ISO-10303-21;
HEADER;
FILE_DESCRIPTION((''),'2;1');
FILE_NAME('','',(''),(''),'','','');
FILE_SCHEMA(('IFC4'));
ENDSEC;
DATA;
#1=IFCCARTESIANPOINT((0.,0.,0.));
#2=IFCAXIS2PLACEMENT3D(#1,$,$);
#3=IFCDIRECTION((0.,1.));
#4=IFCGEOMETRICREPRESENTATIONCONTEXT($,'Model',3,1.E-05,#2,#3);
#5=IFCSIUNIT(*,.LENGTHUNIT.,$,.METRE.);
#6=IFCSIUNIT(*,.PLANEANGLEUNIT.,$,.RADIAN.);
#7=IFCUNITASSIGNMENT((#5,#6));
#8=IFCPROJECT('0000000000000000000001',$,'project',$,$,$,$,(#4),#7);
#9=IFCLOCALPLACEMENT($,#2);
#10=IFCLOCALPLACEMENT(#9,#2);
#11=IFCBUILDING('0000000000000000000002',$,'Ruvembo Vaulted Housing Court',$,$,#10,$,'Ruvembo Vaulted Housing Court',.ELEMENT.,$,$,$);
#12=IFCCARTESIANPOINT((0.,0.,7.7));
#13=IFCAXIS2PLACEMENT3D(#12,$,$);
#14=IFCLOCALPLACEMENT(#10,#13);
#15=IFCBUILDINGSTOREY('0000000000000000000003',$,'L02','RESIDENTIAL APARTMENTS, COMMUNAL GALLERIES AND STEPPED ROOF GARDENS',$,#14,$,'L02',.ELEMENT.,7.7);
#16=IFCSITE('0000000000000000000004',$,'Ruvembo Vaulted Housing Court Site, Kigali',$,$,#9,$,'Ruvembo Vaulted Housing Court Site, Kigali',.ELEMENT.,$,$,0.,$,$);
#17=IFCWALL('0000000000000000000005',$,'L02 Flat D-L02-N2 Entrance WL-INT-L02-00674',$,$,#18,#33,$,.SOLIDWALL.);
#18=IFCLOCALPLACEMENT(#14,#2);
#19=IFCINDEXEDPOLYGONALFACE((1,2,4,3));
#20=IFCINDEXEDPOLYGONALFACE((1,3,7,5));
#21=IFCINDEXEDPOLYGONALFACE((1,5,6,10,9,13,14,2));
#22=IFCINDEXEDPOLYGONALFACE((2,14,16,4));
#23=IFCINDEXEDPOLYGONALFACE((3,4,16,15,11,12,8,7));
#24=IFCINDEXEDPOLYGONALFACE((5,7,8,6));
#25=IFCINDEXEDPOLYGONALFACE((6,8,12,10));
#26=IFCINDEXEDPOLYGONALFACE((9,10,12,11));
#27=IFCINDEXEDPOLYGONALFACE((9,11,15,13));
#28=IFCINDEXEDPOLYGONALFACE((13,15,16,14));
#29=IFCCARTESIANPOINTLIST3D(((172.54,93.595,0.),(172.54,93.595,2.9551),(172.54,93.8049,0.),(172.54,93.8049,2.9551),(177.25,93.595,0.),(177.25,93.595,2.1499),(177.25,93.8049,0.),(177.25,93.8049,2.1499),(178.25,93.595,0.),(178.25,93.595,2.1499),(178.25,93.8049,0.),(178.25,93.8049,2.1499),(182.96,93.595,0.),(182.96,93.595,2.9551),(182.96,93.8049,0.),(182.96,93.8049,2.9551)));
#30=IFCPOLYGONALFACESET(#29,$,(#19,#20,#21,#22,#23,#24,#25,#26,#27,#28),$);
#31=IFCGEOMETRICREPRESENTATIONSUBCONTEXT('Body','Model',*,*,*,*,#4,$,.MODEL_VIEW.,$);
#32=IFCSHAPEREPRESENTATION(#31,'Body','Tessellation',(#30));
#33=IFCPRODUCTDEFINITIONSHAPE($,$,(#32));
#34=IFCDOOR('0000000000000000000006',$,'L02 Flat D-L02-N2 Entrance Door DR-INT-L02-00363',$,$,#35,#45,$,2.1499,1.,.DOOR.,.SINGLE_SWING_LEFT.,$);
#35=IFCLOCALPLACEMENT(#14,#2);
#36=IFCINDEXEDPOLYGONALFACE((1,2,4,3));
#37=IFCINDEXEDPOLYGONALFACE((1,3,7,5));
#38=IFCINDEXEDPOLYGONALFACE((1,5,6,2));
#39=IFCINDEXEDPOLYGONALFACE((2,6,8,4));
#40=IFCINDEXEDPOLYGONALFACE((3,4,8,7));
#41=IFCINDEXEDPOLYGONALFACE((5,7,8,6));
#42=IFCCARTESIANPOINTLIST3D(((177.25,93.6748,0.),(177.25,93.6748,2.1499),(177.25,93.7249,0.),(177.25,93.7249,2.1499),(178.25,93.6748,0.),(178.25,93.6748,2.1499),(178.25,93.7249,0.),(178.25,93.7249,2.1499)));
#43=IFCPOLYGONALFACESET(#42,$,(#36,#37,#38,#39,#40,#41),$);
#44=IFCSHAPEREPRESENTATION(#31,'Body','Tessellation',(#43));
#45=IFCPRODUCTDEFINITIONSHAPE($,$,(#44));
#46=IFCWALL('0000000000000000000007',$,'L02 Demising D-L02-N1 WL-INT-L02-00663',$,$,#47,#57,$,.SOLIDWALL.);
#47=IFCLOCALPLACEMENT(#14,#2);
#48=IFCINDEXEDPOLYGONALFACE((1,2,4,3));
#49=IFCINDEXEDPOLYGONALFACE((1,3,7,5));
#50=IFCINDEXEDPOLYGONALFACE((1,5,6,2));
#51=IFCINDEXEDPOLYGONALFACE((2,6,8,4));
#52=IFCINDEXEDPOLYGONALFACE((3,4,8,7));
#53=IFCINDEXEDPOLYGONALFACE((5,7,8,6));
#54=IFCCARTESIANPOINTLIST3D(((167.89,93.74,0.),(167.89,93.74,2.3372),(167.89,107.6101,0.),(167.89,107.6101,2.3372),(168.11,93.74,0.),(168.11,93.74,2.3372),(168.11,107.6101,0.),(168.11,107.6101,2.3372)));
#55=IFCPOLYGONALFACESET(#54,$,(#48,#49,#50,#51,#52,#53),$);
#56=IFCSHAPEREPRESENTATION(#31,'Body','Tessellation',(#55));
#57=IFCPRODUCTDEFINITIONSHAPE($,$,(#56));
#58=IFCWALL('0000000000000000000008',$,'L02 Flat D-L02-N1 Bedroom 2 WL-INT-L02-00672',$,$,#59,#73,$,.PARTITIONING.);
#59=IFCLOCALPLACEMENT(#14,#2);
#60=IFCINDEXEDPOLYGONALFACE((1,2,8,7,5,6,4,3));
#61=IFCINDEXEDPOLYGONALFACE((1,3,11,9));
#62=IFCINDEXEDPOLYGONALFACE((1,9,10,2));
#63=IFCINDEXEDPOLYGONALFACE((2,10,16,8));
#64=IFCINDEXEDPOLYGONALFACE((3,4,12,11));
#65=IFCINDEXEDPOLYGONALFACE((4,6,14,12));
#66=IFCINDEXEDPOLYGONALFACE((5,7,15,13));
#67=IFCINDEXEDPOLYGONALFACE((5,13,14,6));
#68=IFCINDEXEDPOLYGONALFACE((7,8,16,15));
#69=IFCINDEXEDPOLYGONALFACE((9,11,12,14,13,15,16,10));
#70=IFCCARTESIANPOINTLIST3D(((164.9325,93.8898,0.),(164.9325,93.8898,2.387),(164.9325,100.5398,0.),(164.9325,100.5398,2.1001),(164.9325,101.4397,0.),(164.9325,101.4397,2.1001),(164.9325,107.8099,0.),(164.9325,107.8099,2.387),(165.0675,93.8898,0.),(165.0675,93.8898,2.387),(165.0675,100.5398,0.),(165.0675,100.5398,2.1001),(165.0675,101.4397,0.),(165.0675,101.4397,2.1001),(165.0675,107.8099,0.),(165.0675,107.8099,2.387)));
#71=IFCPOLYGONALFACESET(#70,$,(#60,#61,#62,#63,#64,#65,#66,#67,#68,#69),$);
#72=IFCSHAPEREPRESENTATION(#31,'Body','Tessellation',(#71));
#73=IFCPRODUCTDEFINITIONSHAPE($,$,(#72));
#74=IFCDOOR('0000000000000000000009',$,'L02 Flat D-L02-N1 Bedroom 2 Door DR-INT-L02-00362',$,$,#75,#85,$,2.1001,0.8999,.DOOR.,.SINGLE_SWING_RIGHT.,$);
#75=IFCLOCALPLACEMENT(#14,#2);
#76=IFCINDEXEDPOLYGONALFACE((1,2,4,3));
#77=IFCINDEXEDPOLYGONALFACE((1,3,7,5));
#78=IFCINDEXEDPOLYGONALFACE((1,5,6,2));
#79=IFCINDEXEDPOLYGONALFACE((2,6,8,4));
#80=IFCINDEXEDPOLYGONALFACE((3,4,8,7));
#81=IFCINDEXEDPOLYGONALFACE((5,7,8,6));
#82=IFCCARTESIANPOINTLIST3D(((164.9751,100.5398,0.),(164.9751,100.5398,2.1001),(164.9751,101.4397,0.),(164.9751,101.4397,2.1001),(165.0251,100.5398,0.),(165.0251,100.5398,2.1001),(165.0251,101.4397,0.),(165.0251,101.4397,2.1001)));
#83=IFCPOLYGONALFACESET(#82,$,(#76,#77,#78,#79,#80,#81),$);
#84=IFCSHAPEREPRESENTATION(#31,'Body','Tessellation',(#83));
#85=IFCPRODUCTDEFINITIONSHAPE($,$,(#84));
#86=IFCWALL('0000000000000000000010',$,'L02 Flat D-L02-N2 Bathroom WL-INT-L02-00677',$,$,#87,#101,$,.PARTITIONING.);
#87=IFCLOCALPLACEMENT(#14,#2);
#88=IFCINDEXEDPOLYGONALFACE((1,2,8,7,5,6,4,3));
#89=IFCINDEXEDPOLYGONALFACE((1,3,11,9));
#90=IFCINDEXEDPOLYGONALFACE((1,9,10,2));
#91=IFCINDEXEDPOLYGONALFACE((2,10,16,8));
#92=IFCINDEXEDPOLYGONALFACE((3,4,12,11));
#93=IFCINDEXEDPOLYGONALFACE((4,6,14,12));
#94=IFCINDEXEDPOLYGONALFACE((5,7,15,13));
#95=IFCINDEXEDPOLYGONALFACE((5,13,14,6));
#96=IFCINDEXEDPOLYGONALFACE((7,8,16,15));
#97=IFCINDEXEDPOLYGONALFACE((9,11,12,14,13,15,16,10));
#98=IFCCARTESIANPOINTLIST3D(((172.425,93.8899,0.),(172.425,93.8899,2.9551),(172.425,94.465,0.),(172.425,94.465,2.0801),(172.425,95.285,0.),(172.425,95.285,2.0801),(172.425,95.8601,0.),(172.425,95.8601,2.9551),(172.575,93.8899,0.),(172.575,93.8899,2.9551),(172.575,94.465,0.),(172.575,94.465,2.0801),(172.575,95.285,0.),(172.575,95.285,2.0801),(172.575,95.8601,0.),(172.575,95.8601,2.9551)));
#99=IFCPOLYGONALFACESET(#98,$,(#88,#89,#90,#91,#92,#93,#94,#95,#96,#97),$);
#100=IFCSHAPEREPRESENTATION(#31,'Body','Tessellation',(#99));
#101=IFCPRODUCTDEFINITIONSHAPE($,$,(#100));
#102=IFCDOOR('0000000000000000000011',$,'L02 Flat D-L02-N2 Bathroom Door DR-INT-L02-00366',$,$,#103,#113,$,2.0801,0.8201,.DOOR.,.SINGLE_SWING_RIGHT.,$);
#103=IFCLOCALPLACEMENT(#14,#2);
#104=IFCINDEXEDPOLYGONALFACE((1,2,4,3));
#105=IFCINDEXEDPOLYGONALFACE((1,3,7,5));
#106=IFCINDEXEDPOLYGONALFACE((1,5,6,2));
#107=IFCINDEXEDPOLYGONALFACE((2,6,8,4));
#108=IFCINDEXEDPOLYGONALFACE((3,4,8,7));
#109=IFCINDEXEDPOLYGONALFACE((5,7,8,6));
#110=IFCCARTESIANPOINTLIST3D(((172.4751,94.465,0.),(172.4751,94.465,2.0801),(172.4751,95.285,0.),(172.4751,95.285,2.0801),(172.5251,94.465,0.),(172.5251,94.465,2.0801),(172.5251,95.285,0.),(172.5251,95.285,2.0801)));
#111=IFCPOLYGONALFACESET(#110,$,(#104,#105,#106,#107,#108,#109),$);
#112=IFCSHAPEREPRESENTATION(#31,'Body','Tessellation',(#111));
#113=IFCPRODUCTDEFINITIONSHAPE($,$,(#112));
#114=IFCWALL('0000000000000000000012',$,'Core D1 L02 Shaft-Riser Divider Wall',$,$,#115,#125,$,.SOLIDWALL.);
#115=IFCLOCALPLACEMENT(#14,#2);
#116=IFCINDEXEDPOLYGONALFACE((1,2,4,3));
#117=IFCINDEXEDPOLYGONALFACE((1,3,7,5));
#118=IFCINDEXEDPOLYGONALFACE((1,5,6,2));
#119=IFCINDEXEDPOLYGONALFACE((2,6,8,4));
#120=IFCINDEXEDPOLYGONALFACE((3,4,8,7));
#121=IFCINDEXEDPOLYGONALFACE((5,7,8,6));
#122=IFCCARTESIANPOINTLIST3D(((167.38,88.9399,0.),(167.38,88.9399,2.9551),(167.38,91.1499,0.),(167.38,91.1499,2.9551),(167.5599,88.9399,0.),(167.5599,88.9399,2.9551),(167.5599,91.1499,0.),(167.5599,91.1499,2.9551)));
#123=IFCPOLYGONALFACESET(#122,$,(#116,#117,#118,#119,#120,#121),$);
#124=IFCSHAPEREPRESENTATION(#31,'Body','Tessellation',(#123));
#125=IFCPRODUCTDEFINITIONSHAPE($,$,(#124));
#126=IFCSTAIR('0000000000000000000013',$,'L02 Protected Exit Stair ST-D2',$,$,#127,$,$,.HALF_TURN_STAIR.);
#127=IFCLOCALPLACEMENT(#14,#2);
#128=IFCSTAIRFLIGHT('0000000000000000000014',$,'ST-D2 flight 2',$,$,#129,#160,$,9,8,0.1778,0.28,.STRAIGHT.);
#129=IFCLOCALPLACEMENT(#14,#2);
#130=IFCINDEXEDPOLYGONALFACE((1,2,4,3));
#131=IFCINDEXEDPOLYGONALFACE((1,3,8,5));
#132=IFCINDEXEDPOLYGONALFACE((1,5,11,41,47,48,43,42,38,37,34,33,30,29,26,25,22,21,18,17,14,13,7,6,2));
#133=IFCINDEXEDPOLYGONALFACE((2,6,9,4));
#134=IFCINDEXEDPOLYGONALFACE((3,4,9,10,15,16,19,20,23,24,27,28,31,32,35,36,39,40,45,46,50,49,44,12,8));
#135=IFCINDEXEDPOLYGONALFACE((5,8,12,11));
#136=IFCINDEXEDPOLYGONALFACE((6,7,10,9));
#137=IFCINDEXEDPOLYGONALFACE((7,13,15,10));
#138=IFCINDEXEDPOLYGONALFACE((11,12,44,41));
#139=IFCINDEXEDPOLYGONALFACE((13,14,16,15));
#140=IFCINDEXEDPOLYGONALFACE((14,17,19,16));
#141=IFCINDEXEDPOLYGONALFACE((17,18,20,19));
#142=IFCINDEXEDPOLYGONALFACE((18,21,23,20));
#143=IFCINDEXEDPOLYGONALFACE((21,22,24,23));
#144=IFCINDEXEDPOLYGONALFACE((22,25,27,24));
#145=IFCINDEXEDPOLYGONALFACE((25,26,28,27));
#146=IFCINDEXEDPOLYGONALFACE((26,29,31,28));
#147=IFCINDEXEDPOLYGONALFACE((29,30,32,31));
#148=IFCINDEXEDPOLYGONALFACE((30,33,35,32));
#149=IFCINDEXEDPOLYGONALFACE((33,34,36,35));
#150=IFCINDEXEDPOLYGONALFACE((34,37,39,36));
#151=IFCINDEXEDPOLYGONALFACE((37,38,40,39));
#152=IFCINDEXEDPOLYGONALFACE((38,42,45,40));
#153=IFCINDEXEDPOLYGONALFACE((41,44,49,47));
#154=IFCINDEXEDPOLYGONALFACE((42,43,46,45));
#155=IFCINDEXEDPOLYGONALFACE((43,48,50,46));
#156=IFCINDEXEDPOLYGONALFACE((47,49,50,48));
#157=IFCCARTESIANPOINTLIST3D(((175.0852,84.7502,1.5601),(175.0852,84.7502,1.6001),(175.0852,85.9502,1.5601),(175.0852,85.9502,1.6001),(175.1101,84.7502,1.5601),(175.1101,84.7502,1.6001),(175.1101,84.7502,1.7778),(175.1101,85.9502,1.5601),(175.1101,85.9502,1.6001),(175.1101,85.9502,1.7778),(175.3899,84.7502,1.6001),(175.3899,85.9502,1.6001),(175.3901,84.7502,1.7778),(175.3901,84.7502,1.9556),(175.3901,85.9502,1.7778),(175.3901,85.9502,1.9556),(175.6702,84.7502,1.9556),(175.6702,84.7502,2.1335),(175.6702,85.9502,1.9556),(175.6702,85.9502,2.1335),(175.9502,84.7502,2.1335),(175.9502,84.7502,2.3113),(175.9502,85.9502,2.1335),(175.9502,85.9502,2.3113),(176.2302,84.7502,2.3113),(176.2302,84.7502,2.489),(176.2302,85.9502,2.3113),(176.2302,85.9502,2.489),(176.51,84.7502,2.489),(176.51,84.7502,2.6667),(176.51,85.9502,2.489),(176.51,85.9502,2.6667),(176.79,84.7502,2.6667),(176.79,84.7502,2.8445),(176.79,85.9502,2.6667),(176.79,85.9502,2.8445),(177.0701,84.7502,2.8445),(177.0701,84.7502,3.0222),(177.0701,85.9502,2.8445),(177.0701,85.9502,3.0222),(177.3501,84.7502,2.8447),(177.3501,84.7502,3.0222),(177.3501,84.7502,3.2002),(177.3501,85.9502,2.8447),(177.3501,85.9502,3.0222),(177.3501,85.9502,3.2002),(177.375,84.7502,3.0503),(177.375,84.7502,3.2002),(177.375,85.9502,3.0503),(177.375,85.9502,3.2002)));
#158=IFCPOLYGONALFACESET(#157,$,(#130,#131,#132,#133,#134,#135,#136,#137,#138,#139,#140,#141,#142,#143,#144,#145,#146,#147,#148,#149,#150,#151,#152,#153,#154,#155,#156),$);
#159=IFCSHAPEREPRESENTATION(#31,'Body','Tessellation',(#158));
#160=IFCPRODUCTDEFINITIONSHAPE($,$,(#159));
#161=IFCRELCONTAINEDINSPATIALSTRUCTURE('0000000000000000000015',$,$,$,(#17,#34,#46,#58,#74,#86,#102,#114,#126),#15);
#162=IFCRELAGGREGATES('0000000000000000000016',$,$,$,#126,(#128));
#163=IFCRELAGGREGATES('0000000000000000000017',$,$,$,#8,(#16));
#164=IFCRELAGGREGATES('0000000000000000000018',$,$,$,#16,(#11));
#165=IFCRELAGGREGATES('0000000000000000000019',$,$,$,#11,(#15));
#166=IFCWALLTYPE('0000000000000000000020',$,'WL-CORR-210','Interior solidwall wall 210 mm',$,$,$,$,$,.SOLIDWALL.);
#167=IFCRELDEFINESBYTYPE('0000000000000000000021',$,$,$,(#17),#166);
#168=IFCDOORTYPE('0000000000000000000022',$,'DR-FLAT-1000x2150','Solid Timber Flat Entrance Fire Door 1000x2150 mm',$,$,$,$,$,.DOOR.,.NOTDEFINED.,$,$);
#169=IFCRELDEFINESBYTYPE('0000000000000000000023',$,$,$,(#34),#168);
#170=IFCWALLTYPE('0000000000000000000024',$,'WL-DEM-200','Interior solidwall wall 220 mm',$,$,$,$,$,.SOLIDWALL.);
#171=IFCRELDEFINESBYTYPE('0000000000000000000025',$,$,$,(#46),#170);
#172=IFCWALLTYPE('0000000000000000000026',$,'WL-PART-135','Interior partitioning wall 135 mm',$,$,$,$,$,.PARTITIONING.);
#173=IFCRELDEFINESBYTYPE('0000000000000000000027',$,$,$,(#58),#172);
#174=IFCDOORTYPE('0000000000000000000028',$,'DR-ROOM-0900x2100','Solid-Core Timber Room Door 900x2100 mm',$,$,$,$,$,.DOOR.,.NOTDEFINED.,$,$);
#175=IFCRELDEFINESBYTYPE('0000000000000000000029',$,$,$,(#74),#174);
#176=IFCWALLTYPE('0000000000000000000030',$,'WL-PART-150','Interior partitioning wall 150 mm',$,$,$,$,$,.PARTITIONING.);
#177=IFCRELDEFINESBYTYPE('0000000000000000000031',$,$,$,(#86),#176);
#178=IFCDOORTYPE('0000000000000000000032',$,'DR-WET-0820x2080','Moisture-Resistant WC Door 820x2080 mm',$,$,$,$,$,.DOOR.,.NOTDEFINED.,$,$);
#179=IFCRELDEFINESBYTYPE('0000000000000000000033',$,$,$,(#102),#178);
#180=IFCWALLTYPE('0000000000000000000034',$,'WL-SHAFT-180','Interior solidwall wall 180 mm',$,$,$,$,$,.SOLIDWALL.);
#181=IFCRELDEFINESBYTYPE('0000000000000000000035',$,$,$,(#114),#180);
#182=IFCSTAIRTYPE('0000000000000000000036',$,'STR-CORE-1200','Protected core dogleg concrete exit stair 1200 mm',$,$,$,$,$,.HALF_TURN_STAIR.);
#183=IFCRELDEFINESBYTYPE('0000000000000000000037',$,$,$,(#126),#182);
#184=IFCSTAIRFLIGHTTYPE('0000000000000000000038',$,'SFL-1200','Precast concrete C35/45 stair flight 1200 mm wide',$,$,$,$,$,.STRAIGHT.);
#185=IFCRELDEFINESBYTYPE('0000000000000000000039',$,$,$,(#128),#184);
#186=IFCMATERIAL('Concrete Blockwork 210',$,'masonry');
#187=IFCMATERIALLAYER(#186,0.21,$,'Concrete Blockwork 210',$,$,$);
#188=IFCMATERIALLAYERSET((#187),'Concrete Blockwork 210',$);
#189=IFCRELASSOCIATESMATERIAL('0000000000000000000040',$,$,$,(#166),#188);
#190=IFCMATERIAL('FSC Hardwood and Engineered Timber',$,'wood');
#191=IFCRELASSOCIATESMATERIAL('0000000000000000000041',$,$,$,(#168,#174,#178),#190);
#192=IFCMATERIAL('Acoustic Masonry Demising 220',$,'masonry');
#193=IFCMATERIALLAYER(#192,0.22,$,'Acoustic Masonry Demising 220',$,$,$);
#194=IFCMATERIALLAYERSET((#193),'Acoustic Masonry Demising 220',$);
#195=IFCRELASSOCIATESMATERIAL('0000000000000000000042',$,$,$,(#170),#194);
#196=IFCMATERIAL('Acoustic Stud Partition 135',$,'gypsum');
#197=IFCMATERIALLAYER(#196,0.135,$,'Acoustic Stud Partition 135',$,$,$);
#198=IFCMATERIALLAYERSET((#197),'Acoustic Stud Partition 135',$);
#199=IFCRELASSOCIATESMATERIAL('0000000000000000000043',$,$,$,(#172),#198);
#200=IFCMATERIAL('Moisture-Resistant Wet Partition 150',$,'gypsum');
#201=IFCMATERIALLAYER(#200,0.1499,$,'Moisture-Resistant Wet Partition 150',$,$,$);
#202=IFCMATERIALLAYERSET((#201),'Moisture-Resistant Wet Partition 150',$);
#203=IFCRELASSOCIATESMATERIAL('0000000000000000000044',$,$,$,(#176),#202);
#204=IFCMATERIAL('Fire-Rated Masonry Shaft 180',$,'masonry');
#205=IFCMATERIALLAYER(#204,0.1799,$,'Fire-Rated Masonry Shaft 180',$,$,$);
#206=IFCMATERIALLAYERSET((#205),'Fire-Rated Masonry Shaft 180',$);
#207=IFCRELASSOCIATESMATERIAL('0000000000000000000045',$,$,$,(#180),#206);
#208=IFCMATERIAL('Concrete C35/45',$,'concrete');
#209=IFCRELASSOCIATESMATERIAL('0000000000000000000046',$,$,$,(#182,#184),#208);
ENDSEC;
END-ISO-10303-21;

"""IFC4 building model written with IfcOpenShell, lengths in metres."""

from ifc_helpers import new_model, si_unit, direction, frame, frame_2d, origin, place, context, subcontext, project, spatial, polyline, rectangle, outline, extrude, material, layer, layer_set, type_object, element, fill, aggregate, save


model = new_model("IFC4")

# Units and contexts
model_context = context("Model", 3, precision=1e-05, world=origin(), true_north=direction((0.0, 1.0)))
body_context = subcontext(model_context, "Body", "Model", "MODEL_VIEW")
ifc_project = project(units=[si_unit("LENGTHUNIT", "METRE"), si_unit("PLANEANGLEUNIT", "RADIAN")], contexts=[model_context])

# Site, building, storey
site_placement = place(None, origin())
site = spatial("IfcSite", under=ifc_project, at=site_placement, Name="Ruvembo Vaulted Housing Court Site, Kigali", LongName="Ruvembo Vaulted Housing Court Site, Kigali", CompositionType="ELEMENT", RefElevation=0.0)
building_placement = place(site_placement, origin())
building = spatial("IfcBuilding", under=site, at=building_placement, Name="Ruvembo Vaulted Housing Court", LongName="Ruvembo Vaulted Housing Court", CompositionType="ELEMENT")
storey_placement = place(building_placement, frame((0.0, 0.0, 7.7)))
storey = spatial("IfcBuildingStorey", under=building, at=storey_placement, Name="L02", Description="RESIDENTIAL APARTMENTS, COMMUNAL GALLERIES AND STEPPED ROOF GARDENS", LongName="L02", CompositionType="ELEMENT", Elevation=7.7)

# Shared definitions
ifc_material_1 = material(Name="Concrete C35/45", Category="concrete")

# Shared definitions
ifc_material_2 = material(Name="Concrete Blockwork 210", Category="masonry")
ifc_layer_1 = layer(ifc_material_2, 0.21, Name="Concrete Blockwork 210")
ifc_layer_set_1 = layer_set([ifc_layer_1], Name="Concrete Blockwork 210")
wall_type_1 = type_object("IfcWallType", Name="WL-CORR-210", Description="Interior solidwall wall 210 mm", PredefinedType="SOLIDWALL", material=ifc_layer_set_1)

# Wall, opening, door
wall_1_placement = place(storey_placement, frame((172.54, 93.7, 0.0), z_axis=(0.0, 0.0, 1.0), x_axis=(1.0, 0.0, 0.0)))
wall_1 = element("IfcWall", 1, at=wall_1_placement, inside=storey, type_object=wall_type_1, Name="L02 Flat D-L02-N2 Entrance WL-INT-L02-00674", PredefinedType="SOLIDWALL", context=body_context, shape_type="SweptSolid", body=[
    extrude(rectangle(XDim=10.4199, YDim=0.21, at=frame_2d((5.21, 0.0))), origin(), (0.0, 0.0, 1.0), 2.9551),
])
opening_1_placement = place(wall_1_placement, frame((4.71, 0.0, 0.0)))
opening_1 = element("IfcOpeningElement", 2, at=opening_1_placement, cuts=wall_1, PredefinedType="OPENING", context=body_context, shape_type="SweptSolid", body=[
    extrude(rectangle(XDim=1.0, YDim=2.1499, at=frame_2d((0.5, 1.075))), frame((0.0, 0.115, 0.0), z_axis=(0.0, -1.0, 0.0), x_axis=(1.0, 0.0, 0.0)), (0.0, 0.0, 1.0), 0.23),
])
ifc_material_3 = material(Name="FSC Hardwood and Engineered Timber", Category="wood")
door_type_1 = type_object("IfcDoorType", Name="DR-FLAT-1000x2150", Description="Solid Timber Flat Entrance Fire Door 1000x2150 mm", OperationType="NOTDEFINED", PredefinedType="DOOR", material=ifc_material_3)
door_1_placement = place(opening_1_placement, origin())
door_1 = element("IfcDoor", 3, at=door_1_placement, inside=storey, type_object=door_type_1, Name="L02 Flat D-L02-N2 Entrance Door DR-INT-L02-00363", OperationType="SINGLE_SWING_LEFT", OverallHeight=2.1499, OverallWidth=1.0, PredefinedType="DOOR", context=body_context, shape_type="SweptSolid", body=[
    extrude(rectangle(XDim=1.0, YDim=2.1499, at=frame_2d((0.5, 1.075))), frame((0.0, 0.0249, 0.0), z_axis=(0.0, -1.0, 0.0), x_axis=(1.0, 0.0, 0.0)), (0.0, 0.0, 1.0), 0.05),
])
fill(opening_1, door_1)

# Wall
ifc_material_4 = material(Name="Acoustic Masonry Demising 220", Category="masonry")
ifc_layer_2 = layer(ifc_material_4, 0.22, Name="Acoustic Masonry Demising 220")
ifc_layer_set_2 = layer_set([ifc_layer_2], Name="Acoustic Masonry Demising 220")
wall_type_2 = type_object("IfcWallType", Name="WL-DEM-200", Description="Interior solidwall wall 220 mm", PredefinedType="SOLIDWALL", material=ifc_layer_set_2)
wall_2_placement = place(storey_placement, frame((168.0, 93.74, 0.0), z_axis=(0.0, 0.0, 1.0), x_axis=(0.0, 1.0, 0.0)))
element("IfcWall", 4, at=wall_2_placement, inside=storey, type_object=wall_type_2, Name="L02 Demising D-L02-N1 WL-INT-L02-00663", PredefinedType="SOLIDWALL", context=body_context, shape_type="SweptSolid", body=[
    extrude(rectangle(XDim=13.8701, YDim=0.22, at=frame_2d((6.9351, 0.0))), origin(), (0.0, 0.0, 1.0), 2.3372),
])

# Walls, openings, doors
ifc_material_5 = material(Name="Acoustic Stud Partition 135", Category="gypsum")
ifc_layer_3 = layer(ifc_material_5, 0.135, Name="Acoustic Stud Partition 135")
ifc_layer_set_3 = layer_set([ifc_layer_3], Name="Acoustic Stud Partition 135")
wall_type_3 = type_object("IfcWallType", Name="WL-PART-135", Description="Interior partitioning wall 135 mm", PredefinedType="PARTITIONING", material=ifc_layer_set_3)
wall_3_placement = place(storey_placement, frame((165.0, 93.8899, 0.0), z_axis=(0.0, 0.0, 1.0), x_axis=(0.0, 1.0, 0.0)))
wall_3 = element("IfcWall", 5, at=wall_3_placement, inside=storey, type_object=wall_type_3, Name="L02 Flat D-L02-N1 Bedroom 2 WL-INT-L02-00672", PredefinedType="PARTITIONING", context=body_context, shape_type="SweptSolid", body=[
    extrude(rectangle(XDim=13.9202, YDim=0.135, at=frame_2d((6.96, 0.0))), origin(), (0.0, 0.0, 1.0), 2.387),
])
opening_2_placement = place(wall_3_placement, frame((6.6499, 0.0, 0.0)))
opening_2 = element("IfcOpeningElement", 6, at=opening_2_placement, cuts=wall_3, PredefinedType="OPENING", context=body_context, shape_type="SweptSolid", body=[
    extrude(rectangle(XDim=0.8999, YDim=2.1001, at=frame_2d((0.45, 1.05))), frame((0.0, 0.0774, 0.0), z_axis=(0.0, -1.0, 0.0), x_axis=(1.0, 0.0, 0.0)), (0.0, 0.0, 1.0), 0.155),
])
door_type_2 = type_object("IfcDoorType", Name="DR-ROOM-0900x2100", Description="Solid-Core Timber Room Door 900x2100 mm", OperationType="NOTDEFINED", PredefinedType="DOOR", material=ifc_material_3)
door_2_placement = place(opening_2_placement, origin())
door_2 = element("IfcDoor", 7, at=door_2_placement, inside=storey, type_object=door_type_2, Name="L02 Flat D-L02-N1 Bedroom 2 Door DR-INT-L02-00362", OperationType="SINGLE_SWING_RIGHT", OverallHeight=2.1001, OverallWidth=0.8999, PredefinedType="DOOR", context=body_context, shape_type="SweptSolid", body=[
    extrude(rectangle(XDim=0.8999, YDim=2.1001, at=frame_2d((0.45, 1.05))), frame((0.0, 0.0249, 0.0), z_axis=(0.0, -1.0, 0.0), x_axis=(1.0, 0.0, 0.0)), (0.0, 0.0, 1.0), 0.05),
])
fill(opening_2, door_2)
ifc_material_6 = material(Name="Moisture-Resistant Wet Partition 150", Category="gypsum")
ifc_layer_4 = layer(ifc_material_6, 0.1499, Name="Moisture-Resistant Wet Partition 150")
ifc_layer_set_4 = layer_set([ifc_layer_4], Name="Moisture-Resistant Wet Partition 150")
wall_type_4 = type_object("IfcWallType", Name="WL-PART-150", Description="Interior partitioning wall 150 mm", PredefinedType="PARTITIONING", material=ifc_layer_set_4)
wall_4_placement = place(storey_placement, frame((172.5, 93.8899, 0.0), z_axis=(0.0, 0.0, 1.0), x_axis=(0.0, 1.0, 0.0)))
wall_4 = element("IfcWall", 8, at=wall_4_placement, inside=storey, type_object=wall_type_4, Name="L02 Flat D-L02-N2 Bathroom WL-INT-L02-00677", PredefinedType="PARTITIONING", context=body_context, shape_type="SweptSolid", body=[
    extrude(rectangle(XDim=1.9702, YDim=0.1499, at=frame_2d((0.9851, 0.0))), origin(), (0.0, 0.0, 1.0), 2.9551),
])
opening_3_placement = place(wall_4_placement, frame((0.575, 0.0, 0.0)))
opening_3 = element("IfcOpeningElement", 9, at=opening_3_placement, cuts=wall_4, PredefinedType="OPENING", context=body_context, shape_type="SweptSolid", body=[
    extrude(rectangle(XDim=0.8201, YDim=2.0801, at=frame_2d((0.4102, 1.04))), frame((0.0, 0.085, 0.0), z_axis=(0.0, -1.0, 0.0), x_axis=(1.0, 0.0, 0.0)), (0.0, 0.0, 1.0), 0.1699),
])
door_type_3 = type_object("IfcDoorType", Name="DR-WET-0820x2080", Description="Moisture-Resistant WC Door 820x2080 mm", OperationType="NOTDEFINED", PredefinedType="DOOR", material=ifc_material_3)
door_3_placement = place(opening_3_placement, origin())
door_3 = element("IfcDoor", 10, at=door_3_placement, inside=storey, type_object=door_type_3, Name="L02 Flat D-L02-N2 Bathroom Door DR-INT-L02-00366", OperationType="SINGLE_SWING_RIGHT", OverallHeight=2.0801, OverallWidth=0.8201, PredefinedType="DOOR", context=body_context, shape_type="SweptSolid", body=[
    extrude(rectangle(XDim=0.8201, YDim=2.0801, at=frame_2d((0.4102, 1.04))), frame((0.0, 0.0249, 0.0), z_axis=(0.0, -1.0, 0.0), x_axis=(1.0, 0.0, 0.0)), (0.0, 0.0, 1.0), 0.05),
])
fill(opening_3, door_3)

# Shared definitions
ifc_material_7 = material(Name="Fire-Rated Masonry Shaft 180", Category="masonry")
ifc_layer_5 = layer(ifc_material_7, 0.1799, Name="Fire-Rated Masonry Shaft 180")
ifc_layer_set_5 = layer_set([ifc_layer_5], Name="Fire-Rated Masonry Shaft 180")
wall_type_5 = type_object("IfcWallType", Name="WL-SHAFT-180", Description="Interior solidwall wall 180 mm", PredefinedType="SOLIDWALL", material=ifc_layer_set_5)

# Wall
wall_5_placement = place(storey_placement, frame((167.47, 88.9399, 0.0), z_axis=(0.0, 0.0, 1.0), x_axis=(0.0, 1.0, 0.0)))
element("IfcWall", 11, at=wall_5_placement, inside=storey, type_object=wall_type_5, Name="Core D1 L02 Shaft-Riser Divider Wall", PredefinedType="SOLIDWALL", context=body_context, shape_type="SweptSolid", body=[
    extrude(rectangle(XDim=2.21, YDim=0.1799, at=frame_2d((1.105, 0.0))), origin(), (0.0, 0.0, 1.0), 2.9551),
])

# Stair, stair flight
stair_type = type_object("IfcStairType", Name="STR-CORE-1200", Description="Protected core dogleg concrete exit stair 1200 mm", PredefinedType="HALF_TURN_STAIR", material=ifc_material_1)
stair_placement = place(storey_placement, origin())
stair = element("IfcStair", 12, at=stair_placement, inside=storey, type_object=stair_type, Name="L02 Protected Exit Stair ST-D2", PredefinedType="HALF_TURN_STAIR")
stair_flight_type = type_object("IfcStairFlightType", Name="SFL-1200", Description="Precast concrete C35/45 stair flight 1200 mm wide", PredefinedType="STRAIGHT", material=ifc_material_1)
stair_flight_placement = place(storey_placement, frame((175.1101, 85.3501, 1.6001), z_axis=(0.0, 0.0, 1.0), x_axis=(1.0, 0.0, 0.0)))
stair_flight = element("IfcStairFlight", 13, at=stair_flight_placement, type_object=stair_flight_type, Name="ST-D2 flight 2", NumberOfRisers=9, NumberOfTreads=8, PredefinedType="STRAIGHT", RiserHeight=0.1778, TreadLength=0.28, context=body_context, shape_type="SweptSolid", body=[
    extrude(outline(polyline([(-0.0249, -0.04), (-0.0249, 0.0), (0.0, 0.0), (0.0, 0.1777), (0.28, 0.1777), (0.28, 0.3555), (0.5601, 0.3555), (0.5601, 0.5334), (0.8401, 0.5334), (0.8401, 0.7112), (1.1201, 0.7112), (1.1201, 0.8889), (1.3999, 0.8889), (1.3999, 1.0667), (1.6799, 1.0667), (1.6799, 1.2444), (1.96, 1.2444), (1.96, 1.4221), (2.24, 1.4221), (2.24, 1.6001), (2.2649, 1.6001), (2.2649, 1.4502), (2.24, 1.2446), (0.2798, 0.0), (0.0, -0.04), (-0.0249, -0.04)])), frame((0.0, 0.6001, 0.0), z_axis=(0.0, -1.0, 0.0), x_axis=(1.0, 0.0, 0.0)), (0.0, 0.0, 1.0), 1.2),
])
aggregate(stair, [stair_flight])

save(model, "model.ifc")
